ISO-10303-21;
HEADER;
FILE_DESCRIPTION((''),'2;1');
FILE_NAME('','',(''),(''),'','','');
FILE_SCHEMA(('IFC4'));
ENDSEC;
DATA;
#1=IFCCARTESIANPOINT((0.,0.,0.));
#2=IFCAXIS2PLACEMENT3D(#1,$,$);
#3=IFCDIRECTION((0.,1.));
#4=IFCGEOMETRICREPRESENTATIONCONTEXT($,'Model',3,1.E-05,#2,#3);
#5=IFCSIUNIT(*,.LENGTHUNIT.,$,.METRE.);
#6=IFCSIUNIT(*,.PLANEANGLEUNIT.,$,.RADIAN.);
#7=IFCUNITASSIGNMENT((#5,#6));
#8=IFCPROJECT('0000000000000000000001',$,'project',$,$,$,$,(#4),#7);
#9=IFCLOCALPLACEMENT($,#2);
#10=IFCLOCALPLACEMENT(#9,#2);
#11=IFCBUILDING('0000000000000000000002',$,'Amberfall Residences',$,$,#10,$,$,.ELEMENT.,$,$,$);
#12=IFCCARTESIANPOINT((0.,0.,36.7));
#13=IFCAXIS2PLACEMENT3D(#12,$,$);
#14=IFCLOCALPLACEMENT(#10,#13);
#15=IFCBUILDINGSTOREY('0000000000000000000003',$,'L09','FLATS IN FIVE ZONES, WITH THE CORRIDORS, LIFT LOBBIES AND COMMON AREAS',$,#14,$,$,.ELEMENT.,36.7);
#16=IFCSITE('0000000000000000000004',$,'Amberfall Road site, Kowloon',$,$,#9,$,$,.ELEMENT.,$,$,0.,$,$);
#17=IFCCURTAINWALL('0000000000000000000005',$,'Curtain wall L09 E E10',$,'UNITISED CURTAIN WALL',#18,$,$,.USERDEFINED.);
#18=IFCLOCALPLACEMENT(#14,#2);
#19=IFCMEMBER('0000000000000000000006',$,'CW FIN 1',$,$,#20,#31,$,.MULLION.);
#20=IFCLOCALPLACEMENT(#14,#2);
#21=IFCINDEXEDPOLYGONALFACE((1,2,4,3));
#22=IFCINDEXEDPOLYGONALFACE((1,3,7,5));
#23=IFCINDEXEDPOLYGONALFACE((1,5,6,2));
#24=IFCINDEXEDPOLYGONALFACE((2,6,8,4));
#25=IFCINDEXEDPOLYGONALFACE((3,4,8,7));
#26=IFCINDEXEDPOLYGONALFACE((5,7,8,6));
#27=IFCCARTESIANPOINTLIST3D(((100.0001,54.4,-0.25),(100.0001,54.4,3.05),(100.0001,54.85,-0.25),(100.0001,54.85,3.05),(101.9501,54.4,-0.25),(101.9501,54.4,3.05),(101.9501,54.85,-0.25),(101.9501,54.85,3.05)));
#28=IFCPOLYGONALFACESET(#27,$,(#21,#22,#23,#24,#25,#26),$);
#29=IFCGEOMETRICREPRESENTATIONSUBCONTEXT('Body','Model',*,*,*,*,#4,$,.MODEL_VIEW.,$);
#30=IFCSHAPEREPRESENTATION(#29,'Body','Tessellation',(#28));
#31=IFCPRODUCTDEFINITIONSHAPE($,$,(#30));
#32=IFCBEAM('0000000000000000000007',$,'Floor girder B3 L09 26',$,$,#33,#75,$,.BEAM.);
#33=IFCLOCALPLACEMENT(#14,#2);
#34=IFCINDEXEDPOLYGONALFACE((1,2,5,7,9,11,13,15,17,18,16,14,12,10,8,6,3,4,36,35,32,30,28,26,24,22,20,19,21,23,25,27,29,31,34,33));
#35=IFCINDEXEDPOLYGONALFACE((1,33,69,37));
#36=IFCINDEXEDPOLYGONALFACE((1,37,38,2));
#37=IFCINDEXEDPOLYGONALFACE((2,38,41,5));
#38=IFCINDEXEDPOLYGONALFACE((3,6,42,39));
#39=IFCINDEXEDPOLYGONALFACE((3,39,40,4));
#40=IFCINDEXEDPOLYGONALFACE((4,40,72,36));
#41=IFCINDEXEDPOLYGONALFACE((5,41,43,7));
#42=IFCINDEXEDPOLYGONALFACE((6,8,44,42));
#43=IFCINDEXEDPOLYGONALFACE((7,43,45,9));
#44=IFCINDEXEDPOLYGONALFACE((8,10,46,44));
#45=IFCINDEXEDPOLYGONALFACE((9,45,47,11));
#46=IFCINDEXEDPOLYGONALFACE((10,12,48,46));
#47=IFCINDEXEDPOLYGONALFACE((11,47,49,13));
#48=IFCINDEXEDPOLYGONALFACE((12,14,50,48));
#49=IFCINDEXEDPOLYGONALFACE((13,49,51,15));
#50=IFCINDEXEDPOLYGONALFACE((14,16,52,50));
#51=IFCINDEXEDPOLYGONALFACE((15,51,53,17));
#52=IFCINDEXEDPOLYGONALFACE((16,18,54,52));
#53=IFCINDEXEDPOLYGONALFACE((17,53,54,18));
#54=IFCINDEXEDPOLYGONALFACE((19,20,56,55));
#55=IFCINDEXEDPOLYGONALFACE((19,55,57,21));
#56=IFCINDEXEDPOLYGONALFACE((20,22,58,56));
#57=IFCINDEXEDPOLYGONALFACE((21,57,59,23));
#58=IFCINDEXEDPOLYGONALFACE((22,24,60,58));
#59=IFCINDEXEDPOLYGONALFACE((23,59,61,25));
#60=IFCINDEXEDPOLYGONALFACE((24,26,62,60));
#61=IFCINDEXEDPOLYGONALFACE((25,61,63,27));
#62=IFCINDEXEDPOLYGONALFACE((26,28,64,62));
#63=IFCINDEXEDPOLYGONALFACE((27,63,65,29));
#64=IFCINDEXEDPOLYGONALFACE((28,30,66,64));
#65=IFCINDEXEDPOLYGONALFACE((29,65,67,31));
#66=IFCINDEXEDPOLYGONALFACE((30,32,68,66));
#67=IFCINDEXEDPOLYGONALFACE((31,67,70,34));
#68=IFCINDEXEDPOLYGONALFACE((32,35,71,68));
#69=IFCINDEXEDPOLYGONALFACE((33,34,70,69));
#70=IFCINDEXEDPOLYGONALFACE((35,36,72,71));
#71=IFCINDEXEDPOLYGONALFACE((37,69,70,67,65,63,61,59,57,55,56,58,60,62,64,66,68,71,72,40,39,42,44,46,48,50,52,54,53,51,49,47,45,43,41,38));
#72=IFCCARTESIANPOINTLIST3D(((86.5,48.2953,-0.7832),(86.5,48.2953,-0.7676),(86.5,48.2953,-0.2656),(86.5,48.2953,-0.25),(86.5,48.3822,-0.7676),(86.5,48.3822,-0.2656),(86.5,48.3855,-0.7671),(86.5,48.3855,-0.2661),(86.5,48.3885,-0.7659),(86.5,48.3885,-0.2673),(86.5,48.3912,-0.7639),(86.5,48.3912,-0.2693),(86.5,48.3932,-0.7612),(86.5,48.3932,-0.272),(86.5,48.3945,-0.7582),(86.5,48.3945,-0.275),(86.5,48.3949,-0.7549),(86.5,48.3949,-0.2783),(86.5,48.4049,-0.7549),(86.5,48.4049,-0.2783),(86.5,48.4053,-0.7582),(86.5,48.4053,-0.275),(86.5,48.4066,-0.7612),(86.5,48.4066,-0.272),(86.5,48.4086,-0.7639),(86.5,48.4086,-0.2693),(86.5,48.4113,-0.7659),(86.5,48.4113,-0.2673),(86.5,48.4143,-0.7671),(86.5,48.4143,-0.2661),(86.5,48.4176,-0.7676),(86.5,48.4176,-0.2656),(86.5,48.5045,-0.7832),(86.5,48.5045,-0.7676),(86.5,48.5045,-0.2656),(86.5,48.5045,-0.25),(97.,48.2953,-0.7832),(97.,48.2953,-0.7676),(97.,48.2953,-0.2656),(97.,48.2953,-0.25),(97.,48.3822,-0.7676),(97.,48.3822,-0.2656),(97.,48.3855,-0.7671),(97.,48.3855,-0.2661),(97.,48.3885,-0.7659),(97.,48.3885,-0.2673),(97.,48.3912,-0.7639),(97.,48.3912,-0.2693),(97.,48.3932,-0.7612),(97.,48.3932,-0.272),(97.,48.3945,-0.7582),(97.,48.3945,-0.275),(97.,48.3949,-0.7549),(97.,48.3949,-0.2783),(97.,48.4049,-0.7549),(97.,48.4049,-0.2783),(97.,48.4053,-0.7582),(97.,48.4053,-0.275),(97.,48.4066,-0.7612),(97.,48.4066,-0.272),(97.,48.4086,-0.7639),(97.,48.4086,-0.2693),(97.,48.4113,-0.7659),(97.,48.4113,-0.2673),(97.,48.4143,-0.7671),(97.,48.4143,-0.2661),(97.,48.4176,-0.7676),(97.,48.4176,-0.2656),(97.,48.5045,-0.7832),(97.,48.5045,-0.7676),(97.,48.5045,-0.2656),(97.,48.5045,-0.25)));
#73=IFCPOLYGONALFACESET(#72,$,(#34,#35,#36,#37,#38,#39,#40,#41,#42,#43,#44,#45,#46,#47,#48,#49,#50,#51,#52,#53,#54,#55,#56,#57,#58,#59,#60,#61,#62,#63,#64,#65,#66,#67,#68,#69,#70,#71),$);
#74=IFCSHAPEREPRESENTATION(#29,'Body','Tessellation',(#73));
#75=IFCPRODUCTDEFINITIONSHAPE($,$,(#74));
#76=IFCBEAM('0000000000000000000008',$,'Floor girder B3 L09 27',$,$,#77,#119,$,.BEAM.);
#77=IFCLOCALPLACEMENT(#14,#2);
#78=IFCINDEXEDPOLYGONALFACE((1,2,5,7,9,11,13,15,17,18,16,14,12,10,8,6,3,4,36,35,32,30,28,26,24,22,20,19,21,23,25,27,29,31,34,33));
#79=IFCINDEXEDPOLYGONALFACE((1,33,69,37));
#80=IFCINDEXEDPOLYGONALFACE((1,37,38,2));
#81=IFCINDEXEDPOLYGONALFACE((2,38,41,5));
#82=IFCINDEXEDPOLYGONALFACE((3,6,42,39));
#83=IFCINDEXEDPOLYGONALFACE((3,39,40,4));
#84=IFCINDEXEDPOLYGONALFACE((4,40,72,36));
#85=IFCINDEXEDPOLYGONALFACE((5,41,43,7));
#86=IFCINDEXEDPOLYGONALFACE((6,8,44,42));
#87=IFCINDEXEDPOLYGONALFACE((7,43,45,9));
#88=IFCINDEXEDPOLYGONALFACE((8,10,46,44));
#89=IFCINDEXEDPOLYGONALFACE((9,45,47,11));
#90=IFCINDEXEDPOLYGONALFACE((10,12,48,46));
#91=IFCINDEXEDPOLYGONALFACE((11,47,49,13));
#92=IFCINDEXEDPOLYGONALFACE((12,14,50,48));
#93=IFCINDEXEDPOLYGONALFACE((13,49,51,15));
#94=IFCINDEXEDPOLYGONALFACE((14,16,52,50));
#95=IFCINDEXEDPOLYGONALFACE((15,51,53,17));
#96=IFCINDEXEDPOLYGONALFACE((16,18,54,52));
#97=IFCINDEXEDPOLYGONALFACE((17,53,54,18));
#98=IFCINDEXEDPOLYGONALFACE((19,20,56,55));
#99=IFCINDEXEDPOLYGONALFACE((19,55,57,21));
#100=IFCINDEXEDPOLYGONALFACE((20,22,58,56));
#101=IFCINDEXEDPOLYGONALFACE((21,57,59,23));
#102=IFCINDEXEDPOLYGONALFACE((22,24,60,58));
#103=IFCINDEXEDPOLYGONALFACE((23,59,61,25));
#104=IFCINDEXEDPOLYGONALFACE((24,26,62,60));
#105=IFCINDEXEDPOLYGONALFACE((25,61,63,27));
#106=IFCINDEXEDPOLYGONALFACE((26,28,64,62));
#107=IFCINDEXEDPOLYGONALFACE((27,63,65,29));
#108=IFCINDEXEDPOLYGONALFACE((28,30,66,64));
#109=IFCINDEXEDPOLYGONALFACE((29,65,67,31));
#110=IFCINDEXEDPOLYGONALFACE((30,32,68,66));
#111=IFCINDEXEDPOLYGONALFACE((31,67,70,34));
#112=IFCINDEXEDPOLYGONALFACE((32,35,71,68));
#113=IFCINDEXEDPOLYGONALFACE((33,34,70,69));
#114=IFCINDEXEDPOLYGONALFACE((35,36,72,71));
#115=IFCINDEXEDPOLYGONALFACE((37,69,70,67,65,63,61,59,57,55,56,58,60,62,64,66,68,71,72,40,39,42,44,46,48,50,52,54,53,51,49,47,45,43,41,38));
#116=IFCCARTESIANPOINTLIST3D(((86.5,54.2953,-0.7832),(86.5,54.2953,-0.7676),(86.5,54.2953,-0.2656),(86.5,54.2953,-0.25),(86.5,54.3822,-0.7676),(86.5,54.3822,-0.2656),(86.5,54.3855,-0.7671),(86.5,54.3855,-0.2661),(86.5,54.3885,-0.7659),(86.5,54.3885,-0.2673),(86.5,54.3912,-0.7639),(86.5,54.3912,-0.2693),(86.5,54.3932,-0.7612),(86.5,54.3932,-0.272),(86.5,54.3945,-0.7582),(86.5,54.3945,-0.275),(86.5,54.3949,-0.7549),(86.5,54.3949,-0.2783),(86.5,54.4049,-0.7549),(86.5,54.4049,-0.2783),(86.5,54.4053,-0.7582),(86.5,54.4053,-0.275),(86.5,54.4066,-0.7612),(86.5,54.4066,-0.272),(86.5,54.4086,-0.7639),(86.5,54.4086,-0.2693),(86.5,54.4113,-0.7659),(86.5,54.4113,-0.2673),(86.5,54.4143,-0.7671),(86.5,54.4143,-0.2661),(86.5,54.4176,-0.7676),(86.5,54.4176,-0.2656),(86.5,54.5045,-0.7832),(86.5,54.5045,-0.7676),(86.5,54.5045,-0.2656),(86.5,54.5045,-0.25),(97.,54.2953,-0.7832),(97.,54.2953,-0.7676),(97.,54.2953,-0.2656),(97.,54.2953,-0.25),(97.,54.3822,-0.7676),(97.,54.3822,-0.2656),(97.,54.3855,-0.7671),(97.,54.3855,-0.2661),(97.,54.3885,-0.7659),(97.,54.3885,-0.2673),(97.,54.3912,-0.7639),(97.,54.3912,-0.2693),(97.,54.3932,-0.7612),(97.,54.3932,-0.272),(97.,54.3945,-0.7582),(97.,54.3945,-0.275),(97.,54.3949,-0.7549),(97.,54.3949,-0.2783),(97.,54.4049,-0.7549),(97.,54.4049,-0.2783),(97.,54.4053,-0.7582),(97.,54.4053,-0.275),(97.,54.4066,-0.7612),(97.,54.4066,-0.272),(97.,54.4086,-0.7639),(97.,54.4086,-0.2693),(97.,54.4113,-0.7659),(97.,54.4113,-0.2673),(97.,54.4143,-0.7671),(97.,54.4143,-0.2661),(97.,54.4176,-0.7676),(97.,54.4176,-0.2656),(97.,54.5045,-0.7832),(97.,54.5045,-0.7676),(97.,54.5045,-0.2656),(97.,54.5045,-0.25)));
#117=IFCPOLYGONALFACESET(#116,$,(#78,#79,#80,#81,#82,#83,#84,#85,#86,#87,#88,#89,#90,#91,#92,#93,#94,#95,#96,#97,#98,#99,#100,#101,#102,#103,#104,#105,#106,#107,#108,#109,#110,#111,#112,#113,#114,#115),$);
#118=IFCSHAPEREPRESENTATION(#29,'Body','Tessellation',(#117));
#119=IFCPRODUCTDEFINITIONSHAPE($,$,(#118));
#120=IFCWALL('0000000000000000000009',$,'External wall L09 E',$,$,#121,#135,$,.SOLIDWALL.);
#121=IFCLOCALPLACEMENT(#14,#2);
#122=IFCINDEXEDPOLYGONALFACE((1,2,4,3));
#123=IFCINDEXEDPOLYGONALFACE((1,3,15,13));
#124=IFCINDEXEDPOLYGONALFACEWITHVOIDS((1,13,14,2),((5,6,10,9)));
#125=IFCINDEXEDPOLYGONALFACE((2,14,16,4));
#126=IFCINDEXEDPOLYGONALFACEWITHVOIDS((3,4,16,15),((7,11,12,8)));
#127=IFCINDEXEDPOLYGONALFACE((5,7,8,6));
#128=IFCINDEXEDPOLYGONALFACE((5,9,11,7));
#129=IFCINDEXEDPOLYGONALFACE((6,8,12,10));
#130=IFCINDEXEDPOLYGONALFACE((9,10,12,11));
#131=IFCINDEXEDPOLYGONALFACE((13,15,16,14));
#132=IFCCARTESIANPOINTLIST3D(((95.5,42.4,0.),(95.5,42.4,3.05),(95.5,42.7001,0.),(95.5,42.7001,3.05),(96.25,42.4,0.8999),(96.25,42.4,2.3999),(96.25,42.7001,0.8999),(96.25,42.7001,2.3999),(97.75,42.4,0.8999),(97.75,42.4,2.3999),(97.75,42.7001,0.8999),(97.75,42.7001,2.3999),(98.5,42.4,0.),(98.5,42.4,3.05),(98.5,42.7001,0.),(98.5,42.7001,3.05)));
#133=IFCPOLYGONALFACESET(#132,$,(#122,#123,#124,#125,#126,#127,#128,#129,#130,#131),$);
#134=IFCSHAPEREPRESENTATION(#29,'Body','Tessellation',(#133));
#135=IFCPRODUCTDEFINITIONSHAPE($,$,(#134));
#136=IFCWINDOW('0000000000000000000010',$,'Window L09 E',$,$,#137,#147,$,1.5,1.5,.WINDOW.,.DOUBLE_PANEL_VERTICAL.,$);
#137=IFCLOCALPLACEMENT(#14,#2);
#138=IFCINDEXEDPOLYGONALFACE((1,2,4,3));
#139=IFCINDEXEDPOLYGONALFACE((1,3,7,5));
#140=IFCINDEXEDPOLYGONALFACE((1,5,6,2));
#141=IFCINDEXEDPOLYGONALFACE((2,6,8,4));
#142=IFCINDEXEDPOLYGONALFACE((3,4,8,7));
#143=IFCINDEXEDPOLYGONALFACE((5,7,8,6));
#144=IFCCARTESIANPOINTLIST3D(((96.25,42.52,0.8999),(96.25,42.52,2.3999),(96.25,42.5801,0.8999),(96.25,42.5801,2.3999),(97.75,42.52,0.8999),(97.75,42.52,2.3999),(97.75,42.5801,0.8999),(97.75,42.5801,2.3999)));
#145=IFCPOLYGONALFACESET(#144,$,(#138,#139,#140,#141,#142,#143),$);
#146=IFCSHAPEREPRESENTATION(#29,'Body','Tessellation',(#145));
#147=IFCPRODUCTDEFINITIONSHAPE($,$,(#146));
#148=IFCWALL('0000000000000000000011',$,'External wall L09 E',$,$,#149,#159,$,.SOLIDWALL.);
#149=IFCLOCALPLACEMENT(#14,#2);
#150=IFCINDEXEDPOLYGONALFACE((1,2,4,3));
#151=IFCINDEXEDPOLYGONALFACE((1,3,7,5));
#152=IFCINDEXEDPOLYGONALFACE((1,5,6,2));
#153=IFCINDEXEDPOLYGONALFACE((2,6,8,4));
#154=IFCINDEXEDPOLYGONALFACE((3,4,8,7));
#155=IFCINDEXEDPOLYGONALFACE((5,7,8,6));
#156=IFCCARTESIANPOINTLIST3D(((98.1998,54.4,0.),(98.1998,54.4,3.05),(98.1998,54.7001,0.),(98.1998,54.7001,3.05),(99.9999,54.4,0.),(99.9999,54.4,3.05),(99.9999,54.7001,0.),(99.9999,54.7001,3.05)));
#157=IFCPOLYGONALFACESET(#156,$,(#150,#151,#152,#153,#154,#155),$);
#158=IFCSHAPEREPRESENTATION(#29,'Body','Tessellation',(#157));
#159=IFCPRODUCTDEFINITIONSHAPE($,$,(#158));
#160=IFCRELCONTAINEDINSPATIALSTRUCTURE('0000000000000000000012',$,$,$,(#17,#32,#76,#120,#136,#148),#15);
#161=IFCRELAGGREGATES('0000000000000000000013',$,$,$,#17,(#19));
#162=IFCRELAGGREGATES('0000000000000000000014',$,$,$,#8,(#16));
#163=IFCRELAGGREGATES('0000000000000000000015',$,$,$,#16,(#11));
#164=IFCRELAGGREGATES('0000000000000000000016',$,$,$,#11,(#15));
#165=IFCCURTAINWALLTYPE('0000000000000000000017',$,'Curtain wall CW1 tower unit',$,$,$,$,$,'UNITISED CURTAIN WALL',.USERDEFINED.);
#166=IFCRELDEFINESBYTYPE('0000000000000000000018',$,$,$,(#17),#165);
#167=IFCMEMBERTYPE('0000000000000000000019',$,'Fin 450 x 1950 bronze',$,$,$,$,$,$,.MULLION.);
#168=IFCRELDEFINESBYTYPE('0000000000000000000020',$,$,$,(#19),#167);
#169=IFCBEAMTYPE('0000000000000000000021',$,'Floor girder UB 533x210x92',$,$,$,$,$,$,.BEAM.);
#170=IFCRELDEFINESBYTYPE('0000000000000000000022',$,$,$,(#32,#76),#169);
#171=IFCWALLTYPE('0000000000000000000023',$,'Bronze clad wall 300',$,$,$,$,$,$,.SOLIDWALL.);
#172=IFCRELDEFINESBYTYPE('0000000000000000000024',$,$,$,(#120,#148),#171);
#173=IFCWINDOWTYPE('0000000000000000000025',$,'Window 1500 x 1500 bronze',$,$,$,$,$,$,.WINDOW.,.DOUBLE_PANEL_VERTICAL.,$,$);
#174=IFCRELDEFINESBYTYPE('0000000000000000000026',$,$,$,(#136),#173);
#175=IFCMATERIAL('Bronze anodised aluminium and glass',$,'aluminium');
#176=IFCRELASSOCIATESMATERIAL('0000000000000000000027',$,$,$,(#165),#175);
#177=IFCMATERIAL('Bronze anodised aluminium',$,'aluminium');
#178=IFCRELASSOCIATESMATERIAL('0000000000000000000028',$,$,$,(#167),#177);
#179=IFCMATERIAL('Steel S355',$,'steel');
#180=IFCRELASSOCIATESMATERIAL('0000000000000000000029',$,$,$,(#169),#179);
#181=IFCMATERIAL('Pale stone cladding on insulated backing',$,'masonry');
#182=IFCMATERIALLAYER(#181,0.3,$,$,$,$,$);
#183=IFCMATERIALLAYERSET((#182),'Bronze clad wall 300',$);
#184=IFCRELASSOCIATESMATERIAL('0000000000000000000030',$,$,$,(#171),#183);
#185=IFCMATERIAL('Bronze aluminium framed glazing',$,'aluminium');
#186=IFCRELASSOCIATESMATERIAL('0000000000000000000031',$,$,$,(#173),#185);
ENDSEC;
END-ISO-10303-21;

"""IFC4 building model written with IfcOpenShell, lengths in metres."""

from ifc_helpers import new_model, si_unit, direction, frame, frame_2d, origin, origin_2d, place, context, subcontext, project, spatial, rectangle, i_section, extrude, material, layer, layer_set, material_profile, profile_set, type_object, element, fill, aggregate, save


model = new_model("IFC4")

# Units and contexts
model_context = context("Model", 3, precision=1e-05, world=origin(), true_north=direction((0.0, 1.0)))
body_context = subcontext(model_context, "Body", "Model", "MODEL_VIEW")
ifc_project = project(units=[si_unit("LENGTHUNIT", "METRE"), si_unit("PLANEANGLEUNIT", "RADIAN")], contexts=[model_context])

# Site, building, storey
site_placement = place(None, origin())
site = spatial("IfcSite", under=ifc_project, at=site_placement, Name="Amberfall Road site, Kowloon", CompositionType="ELEMENT", RefElevation=0.0)
building_placement = place(site_placement, origin())
building = spatial("IfcBuilding", under=site, at=building_placement, Name="Amberfall Residences", CompositionType="ELEMENT")
storey_placement = place(building_placement, frame((0.0, 0.0, 36.7)))
storey = spatial("IfcBuildingStorey", under=building, at=storey_placement, Name="L09", Description="FLATS IN FIVE ZONES, WITH THE CORRIDORS, LIFT LOBBIES AND COMMON AREAS", CompositionType="ELEMENT", Elevation=36.7)

# Curtain wall
ifc_material_1 = material(Name="Bronze anodised aluminium and glass", Category="aluminium")
curtain_wall_type = type_object("IfcCurtainWallType", Name="Curtain wall CW1 tower unit", ElementType="UNITISED CURTAIN WALL", PredefinedType="USERDEFINED", material=ifc_material_1)
curtain_wall_placement = place(storey_placement, origin())
curtain_wall = element("IfcCurtainWall", 1, at=curtain_wall_placement, inside=storey, type_object=curtain_wall_type, Name="Curtain wall L09 E E10", ObjectType="UNITISED CURTAIN WALL", PredefinedType="USERDEFINED")
ifc_material_2 = material(Name="Bronze anodised aluminium", Category="aluminium")

# Shared definitions
ifc_material_3 = material(Name="Steel S355", Category="steel")

# Member
ifc_material_profile_1 = material_profile(ifc_material_2, rectangle(XDim=1.95, YDim=0.45, at=origin_2d()), Name="Fin 450 x 1950 bronze")
ifc_profile_set_1 = profile_set([ifc_material_profile_1], Name="Bronze anodised aluminium")
member_type_1 = type_object("IfcMemberType", Name="Fin 450 x 1950 bronze", PredefinedType="MULLION", material=ifc_profile_set_1)
member_1_placement = place(storey_placement, frame((100.9751, 54.625, -0.25), z_axis=(0.0, 0.0, 1.0), x_axis=(-1.0, 0.0, 0.0)))
member_1 = element("IfcMember", 2, at=member_1_placement, type_object=member_type_1, Name="CW FIN 1", PredefinedType="MULLION", context=body_context, shape_type="SweptSolid", body=[
    extrude(rectangle(XDim=1.95, YDim=0.45, at=origin_2d()), origin(), (0.0, 0.0, 1.0), 3.3),
])
aggregate(curtain_wall, [member_1])

# Beams
ifc_material_profile_2 = material_profile(ifc_material_3, i_section(OverallWidth=0.2092, OverallDepth=0.5332, WebThickness=0.01, FlangeThickness=0.0156, FilletRadius=0.0127, at=origin_2d()), Name="UB 533x210x92")
ifc_profile_set_2 = profile_set([ifc_material_profile_2], Name="Steel S355")
beam_type_1 = type_object("IfcBeamType", Name="Floor girder UB 533x210x92", PredefinedType="BEAM", material=ifc_profile_set_2)
for number, where, z_axis, x_axis, name in (
    (3, (97.0, 48.3999, -0.5166), (-1.0, 0.0, 0.0), (0.0, -1.0, 0.0), "Floor girder B3 L09 26"),
    (4, (97.0, 54.3999, -0.5166), (-1.0, 0.0, 0.0), (0.0, -1.0, 0.0), "Floor girder B3 L09 27"),
):
    element("IfcBeam", number, at=place(storey_placement, frame(where, z_axis=z_axis, x_axis=x_axis)), inside=storey, type_object=beam_type_1, Name=name, PredefinedType="BEAM", context=body_context, shape_type="SweptSolid", body=[
        extrude(i_section(OverallWidth=0.2092, OverallDepth=0.5332, WebThickness=0.01, FlangeThickness=0.0156, FilletRadius=0.0127, at=origin_2d()), origin(), (0.0, 0.0, 1.0), 10.5),
    ])

# Wall, opening, window
ifc_material_4 = material(Name="Pale stone cladding on insulated backing", Category="masonry")
ifc_layer_1 = layer(ifc_material_4, 0.3)
ifc_layer_set_1 = layer_set([ifc_layer_1], Name="Bronze clad wall 300")
wall_type_1 = type_object("IfcWallType", Name="Bronze clad wall 300", PredefinedType="SOLIDWALL", material=ifc_layer_set_1)
wall_1_placement = place(storey_placement, frame((95.5, 42.55, 0.0), z_axis=(0.0, 0.0, 1.0), x_axis=(1.0, 0.0, 0.0)))
wall_1 = element("IfcWall", 5, at=wall_1_placement, inside=storey, type_object=wall_type_1, Name="External wall L09 E", PredefinedType="SOLIDWALL", context=body_context, shape_type="SweptSolid", body=[
    extrude(rectangle(XDim=3.0, YDim=0.3, at=frame_2d((1.5, 0.0))), origin(), (0.0, 0.0, 1.0), 3.05),
])
opening_1_placement = place(wall_1_placement, frame((0.75, 0.0, 0.8999)))
opening_1 = element("IfcOpeningElement", 6, at=opening_1_placement, cuts=wall_1, PredefinedType="OPENING", context=body_context, shape_type="SweptSolid", body=[
    extrude(rectangle(XDim=1.5, YDim=1.5, at=frame_2d((0.75, 0.75))), frame((0.0, 0.1599, 0.0), z_axis=(0.0, -1.0, 0.0), x_axis=(1.0, 0.0, 0.0)), (0.0, 0.0, 1.0), 0.3201),
])
ifc_material_5 = material(Name="Bronze aluminium framed glazing", Category="aluminium")
window_type_1 = type_object("IfcWindowType", Name="Window 1500 x 1500 bronze", PartitioningType="DOUBLE_PANEL_VERTICAL", PredefinedType="WINDOW", material=ifc_material_5)
window_1_placement = place(opening_1_placement, origin())
window_1 = element("IfcWindow", 7, at=window_1_placement, inside=storey, type_object=window_type_1, Name="Window L09 E", OverallHeight=1.5, OverallWidth=1.5, PartitioningType="DOUBLE_PANEL_VERTICAL", PredefinedType="WINDOW", context=body_context, shape_type="SweptSolid", body=[
    extrude(rectangle(XDim=1.5, YDim=1.5, at=frame_2d((0.75, 0.75))), frame((0.0, 0.03, 0.0), z_axis=(0.0, -1.0, 0.0), x_axis=(1.0, 0.0, 0.0)), (0.0, 0.0, 1.0), 0.0601),
])
fill(opening_1, window_1)

# Wall
wall_2_placement = place(storey_placement, frame((98.2, 54.55, 0.0), z_axis=(0.0, 0.0, 1.0), x_axis=(1.0, 0.0, 0.0)))
element("IfcWall", 8, at=wall_2_placement, inside=storey, type_object=wall_type_1, Name="External wall L09 E", PredefinedType="SOLIDWALL", context=body_context, shape_type="SweptSolid", body=[
    extrude(rectangle(XDim=1.8, YDim=0.3, at=frame_2d((0.8999, 0.0))), origin(), (0.0, 0.0, 1.0), 3.05),
])

save(model, "model.ifc")
